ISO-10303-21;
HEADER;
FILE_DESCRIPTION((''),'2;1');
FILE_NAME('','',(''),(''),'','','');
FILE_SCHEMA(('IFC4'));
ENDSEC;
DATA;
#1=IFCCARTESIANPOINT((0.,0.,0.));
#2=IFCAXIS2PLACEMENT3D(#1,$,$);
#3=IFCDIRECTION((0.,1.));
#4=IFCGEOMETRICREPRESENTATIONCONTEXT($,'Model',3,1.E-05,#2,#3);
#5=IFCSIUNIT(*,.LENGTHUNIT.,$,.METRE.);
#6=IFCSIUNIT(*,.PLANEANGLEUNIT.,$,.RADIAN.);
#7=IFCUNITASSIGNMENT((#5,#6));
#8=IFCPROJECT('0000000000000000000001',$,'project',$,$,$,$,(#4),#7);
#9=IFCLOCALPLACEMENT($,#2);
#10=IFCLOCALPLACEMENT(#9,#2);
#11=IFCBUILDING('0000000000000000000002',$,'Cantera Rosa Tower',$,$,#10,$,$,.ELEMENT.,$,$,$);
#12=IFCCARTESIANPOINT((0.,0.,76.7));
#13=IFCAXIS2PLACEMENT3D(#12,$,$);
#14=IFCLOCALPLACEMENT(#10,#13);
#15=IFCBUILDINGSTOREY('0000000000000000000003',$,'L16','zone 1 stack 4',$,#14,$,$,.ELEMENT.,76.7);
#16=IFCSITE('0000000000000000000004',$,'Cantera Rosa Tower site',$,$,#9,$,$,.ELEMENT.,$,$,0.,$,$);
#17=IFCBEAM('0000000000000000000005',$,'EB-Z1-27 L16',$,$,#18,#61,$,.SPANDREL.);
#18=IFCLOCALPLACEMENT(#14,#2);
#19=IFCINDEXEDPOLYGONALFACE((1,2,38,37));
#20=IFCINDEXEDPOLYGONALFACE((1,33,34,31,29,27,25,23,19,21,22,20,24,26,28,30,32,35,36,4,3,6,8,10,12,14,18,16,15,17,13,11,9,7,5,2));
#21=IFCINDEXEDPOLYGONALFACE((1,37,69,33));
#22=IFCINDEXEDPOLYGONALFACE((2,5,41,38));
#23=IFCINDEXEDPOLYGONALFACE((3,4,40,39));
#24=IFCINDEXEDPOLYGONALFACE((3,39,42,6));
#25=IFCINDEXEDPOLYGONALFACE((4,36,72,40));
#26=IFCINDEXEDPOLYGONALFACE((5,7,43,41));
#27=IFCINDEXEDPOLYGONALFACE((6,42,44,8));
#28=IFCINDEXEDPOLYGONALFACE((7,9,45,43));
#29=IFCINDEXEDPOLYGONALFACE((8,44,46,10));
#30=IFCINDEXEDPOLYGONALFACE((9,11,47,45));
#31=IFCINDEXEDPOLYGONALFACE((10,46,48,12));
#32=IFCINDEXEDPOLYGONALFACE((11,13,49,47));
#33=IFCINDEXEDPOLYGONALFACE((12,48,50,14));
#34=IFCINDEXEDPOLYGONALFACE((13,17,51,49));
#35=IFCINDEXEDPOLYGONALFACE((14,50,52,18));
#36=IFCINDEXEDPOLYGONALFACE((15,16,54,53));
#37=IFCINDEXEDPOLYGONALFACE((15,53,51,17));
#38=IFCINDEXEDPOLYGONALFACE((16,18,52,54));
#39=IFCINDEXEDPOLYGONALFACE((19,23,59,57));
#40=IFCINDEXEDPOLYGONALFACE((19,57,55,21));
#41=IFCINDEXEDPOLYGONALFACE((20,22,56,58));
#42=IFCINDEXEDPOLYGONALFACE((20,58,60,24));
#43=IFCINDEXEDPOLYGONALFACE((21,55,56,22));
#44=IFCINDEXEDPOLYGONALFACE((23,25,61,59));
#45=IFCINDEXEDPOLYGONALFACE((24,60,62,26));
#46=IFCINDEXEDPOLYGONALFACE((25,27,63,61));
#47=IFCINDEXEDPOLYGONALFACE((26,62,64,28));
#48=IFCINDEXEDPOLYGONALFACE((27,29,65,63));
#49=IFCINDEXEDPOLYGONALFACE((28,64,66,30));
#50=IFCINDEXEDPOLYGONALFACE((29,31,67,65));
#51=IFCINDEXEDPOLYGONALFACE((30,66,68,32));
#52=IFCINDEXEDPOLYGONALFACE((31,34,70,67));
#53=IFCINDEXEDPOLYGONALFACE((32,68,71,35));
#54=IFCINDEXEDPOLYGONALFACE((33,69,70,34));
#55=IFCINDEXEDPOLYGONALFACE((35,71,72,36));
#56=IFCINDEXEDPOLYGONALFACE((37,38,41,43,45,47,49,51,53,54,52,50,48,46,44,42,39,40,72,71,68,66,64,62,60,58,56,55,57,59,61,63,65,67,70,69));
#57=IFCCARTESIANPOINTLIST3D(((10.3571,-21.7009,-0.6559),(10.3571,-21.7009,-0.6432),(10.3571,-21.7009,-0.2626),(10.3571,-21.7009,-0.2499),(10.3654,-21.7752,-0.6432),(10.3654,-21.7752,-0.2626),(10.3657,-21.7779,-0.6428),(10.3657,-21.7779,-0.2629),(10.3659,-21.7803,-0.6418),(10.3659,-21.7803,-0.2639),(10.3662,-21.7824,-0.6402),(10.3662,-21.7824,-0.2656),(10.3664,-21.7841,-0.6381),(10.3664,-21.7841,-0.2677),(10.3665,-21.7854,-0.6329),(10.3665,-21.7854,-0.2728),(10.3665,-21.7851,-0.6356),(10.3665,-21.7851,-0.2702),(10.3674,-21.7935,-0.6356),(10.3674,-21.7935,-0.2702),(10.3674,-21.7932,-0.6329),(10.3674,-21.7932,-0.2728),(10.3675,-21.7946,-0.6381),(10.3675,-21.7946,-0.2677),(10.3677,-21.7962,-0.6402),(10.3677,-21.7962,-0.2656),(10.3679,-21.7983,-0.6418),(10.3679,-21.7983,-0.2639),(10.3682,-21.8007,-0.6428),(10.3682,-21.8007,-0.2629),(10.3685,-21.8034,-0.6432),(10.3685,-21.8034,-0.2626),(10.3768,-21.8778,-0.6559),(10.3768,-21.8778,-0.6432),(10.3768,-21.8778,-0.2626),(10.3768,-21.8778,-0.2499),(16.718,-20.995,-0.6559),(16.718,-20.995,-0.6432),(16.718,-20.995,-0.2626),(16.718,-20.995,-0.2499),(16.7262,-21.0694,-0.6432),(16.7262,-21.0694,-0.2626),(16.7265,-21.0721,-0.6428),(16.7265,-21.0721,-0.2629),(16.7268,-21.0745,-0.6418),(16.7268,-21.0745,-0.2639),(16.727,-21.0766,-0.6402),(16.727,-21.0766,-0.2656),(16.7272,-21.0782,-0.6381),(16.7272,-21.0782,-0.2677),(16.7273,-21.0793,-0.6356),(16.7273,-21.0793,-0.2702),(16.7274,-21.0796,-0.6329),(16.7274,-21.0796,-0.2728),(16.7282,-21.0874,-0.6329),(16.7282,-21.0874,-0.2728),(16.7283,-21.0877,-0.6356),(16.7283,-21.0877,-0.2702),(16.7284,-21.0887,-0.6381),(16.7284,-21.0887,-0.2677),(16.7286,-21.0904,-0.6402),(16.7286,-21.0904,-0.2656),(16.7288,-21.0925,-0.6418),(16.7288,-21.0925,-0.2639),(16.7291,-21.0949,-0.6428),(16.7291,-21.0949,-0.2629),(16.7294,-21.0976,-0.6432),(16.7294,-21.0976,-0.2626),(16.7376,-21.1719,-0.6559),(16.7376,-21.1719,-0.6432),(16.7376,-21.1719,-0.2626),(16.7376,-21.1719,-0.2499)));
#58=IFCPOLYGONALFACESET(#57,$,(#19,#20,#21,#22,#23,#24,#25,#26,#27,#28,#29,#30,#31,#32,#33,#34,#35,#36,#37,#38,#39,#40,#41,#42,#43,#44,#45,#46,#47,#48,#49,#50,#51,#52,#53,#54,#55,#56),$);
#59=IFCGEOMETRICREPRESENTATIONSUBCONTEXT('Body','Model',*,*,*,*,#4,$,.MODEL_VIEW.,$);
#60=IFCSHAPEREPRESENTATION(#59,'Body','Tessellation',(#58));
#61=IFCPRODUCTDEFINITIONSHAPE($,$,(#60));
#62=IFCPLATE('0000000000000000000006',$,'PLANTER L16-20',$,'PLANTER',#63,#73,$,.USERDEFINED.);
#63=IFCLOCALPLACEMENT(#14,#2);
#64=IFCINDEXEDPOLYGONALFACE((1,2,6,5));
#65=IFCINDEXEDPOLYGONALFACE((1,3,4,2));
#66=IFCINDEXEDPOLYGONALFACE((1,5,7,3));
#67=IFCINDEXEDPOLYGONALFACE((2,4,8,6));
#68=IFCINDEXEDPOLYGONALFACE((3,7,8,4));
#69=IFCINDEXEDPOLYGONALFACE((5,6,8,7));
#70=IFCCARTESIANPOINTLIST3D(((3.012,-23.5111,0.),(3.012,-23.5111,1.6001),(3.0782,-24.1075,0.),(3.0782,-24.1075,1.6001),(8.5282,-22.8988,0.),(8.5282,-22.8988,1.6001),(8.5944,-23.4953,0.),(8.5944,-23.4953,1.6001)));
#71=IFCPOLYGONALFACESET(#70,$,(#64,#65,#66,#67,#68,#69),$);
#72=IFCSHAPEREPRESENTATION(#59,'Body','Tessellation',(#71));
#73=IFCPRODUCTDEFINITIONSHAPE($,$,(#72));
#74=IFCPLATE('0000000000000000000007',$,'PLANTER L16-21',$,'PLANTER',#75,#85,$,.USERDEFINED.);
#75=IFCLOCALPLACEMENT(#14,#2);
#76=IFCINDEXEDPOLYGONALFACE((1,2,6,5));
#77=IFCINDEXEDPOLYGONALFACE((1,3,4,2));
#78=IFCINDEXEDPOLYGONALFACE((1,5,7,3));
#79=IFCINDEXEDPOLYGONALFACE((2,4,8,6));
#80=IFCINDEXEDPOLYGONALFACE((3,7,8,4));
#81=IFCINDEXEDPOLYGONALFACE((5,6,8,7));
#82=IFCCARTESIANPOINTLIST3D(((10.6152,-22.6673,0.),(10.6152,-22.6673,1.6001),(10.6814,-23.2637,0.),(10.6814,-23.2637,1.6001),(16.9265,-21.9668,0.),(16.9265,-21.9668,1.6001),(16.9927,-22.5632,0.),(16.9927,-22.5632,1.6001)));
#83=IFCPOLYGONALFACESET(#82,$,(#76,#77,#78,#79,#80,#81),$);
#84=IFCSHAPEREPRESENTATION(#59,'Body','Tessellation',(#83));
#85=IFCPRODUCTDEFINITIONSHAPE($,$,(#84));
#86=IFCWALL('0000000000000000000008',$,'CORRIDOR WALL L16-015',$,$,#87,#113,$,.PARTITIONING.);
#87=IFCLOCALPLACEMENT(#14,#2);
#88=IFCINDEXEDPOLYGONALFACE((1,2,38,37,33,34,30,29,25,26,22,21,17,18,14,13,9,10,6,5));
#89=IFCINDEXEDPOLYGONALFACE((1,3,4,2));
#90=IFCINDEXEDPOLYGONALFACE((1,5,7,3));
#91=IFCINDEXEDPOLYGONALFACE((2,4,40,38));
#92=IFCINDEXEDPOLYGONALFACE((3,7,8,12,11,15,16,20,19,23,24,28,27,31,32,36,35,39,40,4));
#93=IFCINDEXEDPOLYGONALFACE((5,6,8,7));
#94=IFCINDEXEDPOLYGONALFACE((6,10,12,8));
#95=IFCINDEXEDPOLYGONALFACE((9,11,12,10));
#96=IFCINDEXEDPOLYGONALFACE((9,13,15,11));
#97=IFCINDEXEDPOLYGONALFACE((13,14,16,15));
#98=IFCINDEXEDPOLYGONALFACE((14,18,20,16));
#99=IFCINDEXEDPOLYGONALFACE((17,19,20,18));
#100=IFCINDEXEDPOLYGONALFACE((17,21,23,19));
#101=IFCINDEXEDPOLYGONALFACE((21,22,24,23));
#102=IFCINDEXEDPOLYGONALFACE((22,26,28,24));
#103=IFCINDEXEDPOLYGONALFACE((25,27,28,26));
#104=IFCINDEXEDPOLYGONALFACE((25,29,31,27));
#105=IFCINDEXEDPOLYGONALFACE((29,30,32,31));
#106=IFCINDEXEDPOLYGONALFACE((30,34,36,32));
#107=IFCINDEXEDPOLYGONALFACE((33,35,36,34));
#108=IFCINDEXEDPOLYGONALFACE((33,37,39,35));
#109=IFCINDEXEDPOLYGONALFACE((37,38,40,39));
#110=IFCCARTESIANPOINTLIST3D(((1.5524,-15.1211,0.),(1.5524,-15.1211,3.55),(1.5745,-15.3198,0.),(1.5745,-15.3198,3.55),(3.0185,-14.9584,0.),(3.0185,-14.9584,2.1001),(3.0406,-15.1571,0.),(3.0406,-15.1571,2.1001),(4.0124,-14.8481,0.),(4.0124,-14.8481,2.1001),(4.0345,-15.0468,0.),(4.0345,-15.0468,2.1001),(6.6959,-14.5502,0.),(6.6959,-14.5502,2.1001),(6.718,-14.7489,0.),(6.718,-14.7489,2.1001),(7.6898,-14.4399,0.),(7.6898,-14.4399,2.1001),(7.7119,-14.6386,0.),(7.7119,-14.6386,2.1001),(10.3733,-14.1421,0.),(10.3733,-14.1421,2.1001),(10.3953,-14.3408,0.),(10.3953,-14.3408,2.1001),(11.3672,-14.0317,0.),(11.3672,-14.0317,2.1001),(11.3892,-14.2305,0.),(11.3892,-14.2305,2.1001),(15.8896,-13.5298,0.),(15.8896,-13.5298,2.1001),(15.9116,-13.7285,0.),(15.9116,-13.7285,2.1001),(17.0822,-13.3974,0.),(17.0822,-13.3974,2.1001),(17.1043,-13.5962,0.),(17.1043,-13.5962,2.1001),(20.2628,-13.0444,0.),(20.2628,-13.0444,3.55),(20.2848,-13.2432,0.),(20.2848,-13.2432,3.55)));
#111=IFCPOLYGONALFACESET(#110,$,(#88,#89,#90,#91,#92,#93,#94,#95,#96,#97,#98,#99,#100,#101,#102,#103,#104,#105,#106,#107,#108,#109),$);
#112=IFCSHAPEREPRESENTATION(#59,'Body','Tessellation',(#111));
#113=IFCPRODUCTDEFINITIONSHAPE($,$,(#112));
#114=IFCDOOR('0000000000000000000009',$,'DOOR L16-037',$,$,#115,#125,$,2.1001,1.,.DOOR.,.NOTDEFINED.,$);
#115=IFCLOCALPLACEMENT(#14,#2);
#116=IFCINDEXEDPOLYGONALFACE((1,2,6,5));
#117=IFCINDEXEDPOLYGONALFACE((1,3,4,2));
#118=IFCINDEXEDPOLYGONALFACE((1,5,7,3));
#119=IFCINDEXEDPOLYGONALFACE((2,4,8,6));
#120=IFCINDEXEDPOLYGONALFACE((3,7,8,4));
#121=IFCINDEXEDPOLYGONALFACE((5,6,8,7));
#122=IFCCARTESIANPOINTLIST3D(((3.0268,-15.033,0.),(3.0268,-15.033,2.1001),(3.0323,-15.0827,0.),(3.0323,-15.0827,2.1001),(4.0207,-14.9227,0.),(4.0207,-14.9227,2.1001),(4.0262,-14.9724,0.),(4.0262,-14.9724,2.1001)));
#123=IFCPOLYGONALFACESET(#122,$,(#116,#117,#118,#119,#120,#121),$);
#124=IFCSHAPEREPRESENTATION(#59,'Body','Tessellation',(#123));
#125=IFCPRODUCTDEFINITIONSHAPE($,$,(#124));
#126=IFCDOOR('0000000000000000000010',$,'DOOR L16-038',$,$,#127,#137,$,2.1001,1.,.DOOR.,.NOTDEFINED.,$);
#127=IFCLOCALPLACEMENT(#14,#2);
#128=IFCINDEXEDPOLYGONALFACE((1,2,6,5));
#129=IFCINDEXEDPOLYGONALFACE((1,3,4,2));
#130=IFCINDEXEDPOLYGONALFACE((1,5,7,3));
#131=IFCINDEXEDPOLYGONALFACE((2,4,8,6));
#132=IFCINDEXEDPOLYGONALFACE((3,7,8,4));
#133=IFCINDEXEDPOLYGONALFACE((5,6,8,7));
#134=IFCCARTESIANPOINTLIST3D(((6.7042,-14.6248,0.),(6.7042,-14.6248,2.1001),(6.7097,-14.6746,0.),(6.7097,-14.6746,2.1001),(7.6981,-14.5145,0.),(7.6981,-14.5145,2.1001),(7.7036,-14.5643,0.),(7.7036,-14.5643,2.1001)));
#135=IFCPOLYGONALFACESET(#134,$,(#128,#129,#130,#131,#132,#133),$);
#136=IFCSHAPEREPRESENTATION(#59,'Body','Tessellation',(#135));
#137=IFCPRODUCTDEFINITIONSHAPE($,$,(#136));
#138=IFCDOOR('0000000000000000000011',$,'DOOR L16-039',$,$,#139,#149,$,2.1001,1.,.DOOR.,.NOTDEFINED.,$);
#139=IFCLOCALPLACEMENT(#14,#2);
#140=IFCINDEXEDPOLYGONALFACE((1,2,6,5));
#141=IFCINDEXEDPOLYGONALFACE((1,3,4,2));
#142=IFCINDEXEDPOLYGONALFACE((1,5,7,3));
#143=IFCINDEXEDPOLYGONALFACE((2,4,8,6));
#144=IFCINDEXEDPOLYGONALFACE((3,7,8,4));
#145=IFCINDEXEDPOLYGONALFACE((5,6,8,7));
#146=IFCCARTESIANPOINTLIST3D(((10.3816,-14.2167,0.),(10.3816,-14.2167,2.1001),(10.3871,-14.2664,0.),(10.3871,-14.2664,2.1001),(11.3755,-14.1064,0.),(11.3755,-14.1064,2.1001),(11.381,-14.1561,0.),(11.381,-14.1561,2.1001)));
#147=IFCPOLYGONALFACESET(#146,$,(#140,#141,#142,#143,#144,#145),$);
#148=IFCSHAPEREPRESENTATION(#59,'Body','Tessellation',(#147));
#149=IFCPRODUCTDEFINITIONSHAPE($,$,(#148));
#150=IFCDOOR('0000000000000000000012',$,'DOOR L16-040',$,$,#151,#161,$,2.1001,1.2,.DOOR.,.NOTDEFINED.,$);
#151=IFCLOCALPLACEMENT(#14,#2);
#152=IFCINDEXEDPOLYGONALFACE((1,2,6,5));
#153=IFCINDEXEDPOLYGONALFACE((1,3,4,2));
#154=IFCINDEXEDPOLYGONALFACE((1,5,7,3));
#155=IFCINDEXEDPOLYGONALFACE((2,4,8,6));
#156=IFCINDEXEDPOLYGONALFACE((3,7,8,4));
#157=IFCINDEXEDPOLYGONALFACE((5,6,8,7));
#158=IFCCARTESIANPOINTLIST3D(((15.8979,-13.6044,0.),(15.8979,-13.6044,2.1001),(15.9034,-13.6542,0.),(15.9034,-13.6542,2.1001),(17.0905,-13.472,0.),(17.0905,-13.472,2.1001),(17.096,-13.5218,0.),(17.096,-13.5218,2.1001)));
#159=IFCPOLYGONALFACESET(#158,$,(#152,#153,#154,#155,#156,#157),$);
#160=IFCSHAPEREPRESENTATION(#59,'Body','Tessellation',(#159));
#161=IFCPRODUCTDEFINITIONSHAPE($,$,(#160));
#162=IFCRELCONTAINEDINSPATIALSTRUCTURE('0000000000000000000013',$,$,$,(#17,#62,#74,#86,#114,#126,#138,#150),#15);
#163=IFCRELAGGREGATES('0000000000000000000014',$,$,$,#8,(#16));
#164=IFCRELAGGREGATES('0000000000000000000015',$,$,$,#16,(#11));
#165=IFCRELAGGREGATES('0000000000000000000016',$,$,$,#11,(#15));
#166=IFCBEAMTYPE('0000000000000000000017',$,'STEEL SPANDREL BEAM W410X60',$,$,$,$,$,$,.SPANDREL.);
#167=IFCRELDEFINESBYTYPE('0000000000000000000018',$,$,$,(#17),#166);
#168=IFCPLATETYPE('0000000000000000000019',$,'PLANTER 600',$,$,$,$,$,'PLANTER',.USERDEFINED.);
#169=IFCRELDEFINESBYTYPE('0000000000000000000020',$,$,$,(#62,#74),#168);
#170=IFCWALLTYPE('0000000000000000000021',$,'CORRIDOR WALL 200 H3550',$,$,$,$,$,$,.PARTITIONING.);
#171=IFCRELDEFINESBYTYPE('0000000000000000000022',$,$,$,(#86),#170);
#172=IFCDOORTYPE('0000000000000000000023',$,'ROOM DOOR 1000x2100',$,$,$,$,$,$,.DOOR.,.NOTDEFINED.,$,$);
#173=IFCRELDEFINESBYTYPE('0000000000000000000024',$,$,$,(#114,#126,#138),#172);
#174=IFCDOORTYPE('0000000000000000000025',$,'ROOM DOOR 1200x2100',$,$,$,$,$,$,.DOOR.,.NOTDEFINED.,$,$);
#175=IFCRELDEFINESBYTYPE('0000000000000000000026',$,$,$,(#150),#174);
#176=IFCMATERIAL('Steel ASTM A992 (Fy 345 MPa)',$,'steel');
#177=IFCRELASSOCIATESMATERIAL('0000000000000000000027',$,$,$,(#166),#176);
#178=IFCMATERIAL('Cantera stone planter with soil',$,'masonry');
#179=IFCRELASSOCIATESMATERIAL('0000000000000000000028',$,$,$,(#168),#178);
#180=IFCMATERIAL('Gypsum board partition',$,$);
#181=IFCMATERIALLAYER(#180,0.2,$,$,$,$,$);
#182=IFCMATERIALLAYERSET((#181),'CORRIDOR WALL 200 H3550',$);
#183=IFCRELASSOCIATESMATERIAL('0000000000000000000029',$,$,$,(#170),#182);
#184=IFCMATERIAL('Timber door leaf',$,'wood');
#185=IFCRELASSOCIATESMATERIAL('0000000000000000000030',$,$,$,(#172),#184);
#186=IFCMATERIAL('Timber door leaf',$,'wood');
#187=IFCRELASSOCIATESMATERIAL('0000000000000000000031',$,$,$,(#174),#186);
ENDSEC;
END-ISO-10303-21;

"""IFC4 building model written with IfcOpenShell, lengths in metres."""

from ifc_helpers import new_model, si_unit, direction, frame, frame_2d, origin, origin_2d, place, context, subcontext, project, spatial, rectangle, i_section, extrude, material, layer, layer_set, material_profile, profile_set, type_object, element, fill, save


model = new_model("IFC4")

# Units and contexts
model_context = context("Model", 3, precision=1e-05, world=origin(), true_north=direction((0.0, 1.0)))
body_context = subcontext(model_context, "Body", "Model", "MODEL_VIEW")
ifc_project = project(units=[si_unit("LENGTHUNIT", "METRE"), si_unit("PLANEANGLEUNIT", "RADIAN")], contexts=[model_context])

# Site, building, storey
site_placement = place(None, origin())
site = spatial("IfcSite", under=ifc_project, at=site_placement, Name="Cantera Rosa Tower site", CompositionType="ELEMENT", RefElevation=0.0)
building_placement = place(site_placement, origin())
building = spatial("IfcBuilding", under=site, at=building_placement, Name="Cantera Rosa Tower", CompositionType="ELEMENT")
storey_placement = place(building_placement, frame((0.0, 0.0, 76.7)))
storey = spatial("IfcBuildingStorey", under=building, at=storey_placement, Name="L16", Description="zone 1 stack 4", CompositionType="ELEMENT", Elevation=76.7)

# Beam
ifc_material_1 = material(Name="Steel ASTM A992 (Fy 345 MPa)", Category="steel")
ifc_material_profile_1 = material_profile(ifc_material_1, i_section(OverallWidth=0.178, OverallDepth=0.406, WebThickness=0.0078, FlangeThickness=0.0127, FilletRadius=0.0103, at=origin_2d()), Name="W410X60")
ifc_profile_set_1 = profile_set([ifc_material_profile_1], Name="Steel ASTM A992 (Fy 345 MPa)")
beam_type_1 = type_object("IfcBeamType", Name="STEEL SPANDREL BEAM W410X60", PredefinedType="SPANDREL", material=ifc_profile_set_1)
beam_1_placement = place(storey_placement, frame((10.3669, -21.7893, -0.4529), z_axis=(0.9939, 0.110285, 0.0), x_axis=(-0.110285, 0.9939, 0.0)))
element("IfcBeam", 1, at=beam_1_placement, inside=storey, type_object=beam_type_1, Name="EB-Z1-27 L16", PredefinedType="SPANDREL", context=body_context, shape_type="SweptSolid", body=[
    extrude(i_section(OverallWidth=0.178, OverallDepth=0.406, WebThickness=0.0078, FlangeThickness=0.0127, FilletRadius=0.0103, at=origin_2d()), origin(), (0.0, 0.0, 1.0), 6.3999),
])

# Plates
ifc_material_2 = material(Name="Cantera stone planter with soil", Category="masonry")
plate_type = type_object("IfcPlateType", Name="PLANTER 600", ElementType="PLANTER", PredefinedType="USERDEFINED", material=ifc_material_2)
plate_1_placement = place(storey_placement, frame((5.8032, -23.5032, 0.0), z_axis=(0.0, 0.0, 1.0), x_axis=(0.993897, 0.110313, 0.0)))
element("IfcPlate", 2, at=plate_1_placement, inside=storey, type_object=plate_type, Name="PLANTER L16-20", ObjectType="PLANTER", PredefinedType="USERDEFINED", context=body_context, shape_type="SweptSolid", body=[
    extrude(rectangle(XDim=5.55, YDim=0.6001, at=origin_2d()), origin(), (0.0, 0.0, 1.0), 1.6001),
])
plate_2_placement = place(storey_placement, frame((13.804, -22.6152, 0.0), z_axis=(0.0, 0.0, 1.0), x_axis=(0.993897, 0.110313, 0.0)))
element("IfcPlate", 3, at=plate_2_placement, inside=storey, type_object=plate_type, Name="PLANTER L16-21", ObjectType="PLANTER", PredefinedType="USERDEFINED", context=body_context, shape_type="SweptSolid", body=[
    extrude(rectangle(XDim=6.3501, YDim=0.6001, at=origin_2d()), origin(), (0.0, 0.0, 1.0), 1.6001),
])

# Wall, openings, doors
ifc_material_3 = material(Name="Gypsum board partition")
ifc_layer_1 = layer(ifc_material_3, 0.2)
ifc_layer_set_1 = layer_set([ifc_layer_1], Name="CORRIDOR WALL 200 H3550")
wall_type_1 = type_object("IfcWallType", Name="CORRIDOR WALL 200 H3550", PredefinedType="PARTITIONING", material=ifc_layer_set_1)
wall_1_placement = place(storey_placement, frame((1.5635, -15.2205, 0.0), z_axis=(0.0, 0.0, 1.0), x_axis=(0.993897, 0.110313, 0.0)))
wall_1 = element("IfcWall", 4, at=wall_1_placement, inside=storey, type_object=wall_type_1, Name="CORRIDOR WALL L16-015", PredefinedType="PARTITIONING", context=body_context, shape_type="SweptSolid", body=[
    extrude(rectangle(XDim=18.8252, YDim=0.2, at=frame_2d((9.4126, 0.0))), origin(), (0.0, 0.0, 1.0), 3.55),
])
opening_1_placement = place(wall_1_placement, frame((1.4751, 0.0, 0.0)))
opening_1 = element("IfcOpeningElement", 5, at=opening_1_placement, cuts=wall_1, PredefinedType="OPENING", context=body_context, shape_type="SweptSolid", body=[
    extrude(rectangle(XDim=1.0, YDim=2.1001, at=frame_2d((0.5, 1.05))), frame((0.0, 0.1099, 0.0), z_axis=(0.0, -1.0, 0.0), x_axis=(1.0, 0.0, 0.0)), (0.0, 0.0, 1.0), 0.22),
])
opening_2_placement = place(wall_1_placement, frame((5.175, 0.0, 0.0)))
opening_2 = element("IfcOpeningElement", 6, at=opening_2_placement, cuts=wall_1, PredefinedType="OPENING", context=body_context, shape_type="SweptSolid", body=[
    extrude(rectangle(XDim=1.0, YDim=2.1001, at=frame_2d((0.5, 1.05))), frame((0.0, 0.1099, 0.0), z_axis=(0.0, -1.0, 0.0), x_axis=(1.0, 0.0, 0.0)), (0.0, 0.0, 1.0), 0.22),
])
opening_3_placement = place(wall_1_placement, frame((8.875, 0.0, 0.0)))
opening_3 = element("IfcOpeningElement", 7, at=opening_3_placement, cuts=wall_1, PredefinedType="OPENING", context=body_context, shape_type="SweptSolid", body=[
    extrude(rectangle(XDim=1.0, YDim=2.1001, at=frame_2d((0.5, 1.05))), frame((0.0, 0.1099, 0.0), z_axis=(0.0, -1.0, 0.0), x_axis=(1.0, 0.0, 0.0)), (0.0, 0.0, 1.0), 0.22),
])
opening_4_placement = place(wall_1_placement, frame((14.425, 0.0, 0.0)))
opening_4 = element("IfcOpeningElement", 8, at=opening_4_placement, cuts=wall_1, PredefinedType="OPENING", context=body_context, shape_type="SweptSolid", body=[
    extrude(rectangle(XDim=1.2, YDim=2.1001, at=frame_2d((0.6001, 1.05))), frame((0.0, 0.1099, 0.0), z_axis=(0.0, -1.0, 0.0), x_axis=(1.0, 0.0, 0.0)), (0.0, 0.0, 1.0), 0.22),
])
ifc_material_4 = material(Name="Timber door leaf", Category="wood")
door_type_1 = type_object("IfcDoorType", Name="ROOM DOOR 1000x2100", OperationType="NOTDEFINED", PredefinedType="DOOR", material=ifc_material_4)
door_1_placement = place(opening_1_placement, origin())
door_1 = element("IfcDoor", 9, at=door_1_placement, inside=storey, type_object=door_type_1, Name="DOOR L16-037", OperationType="NOTDEFINED", OverallHeight=2.1001, OverallWidth=1.0, PredefinedType="DOOR", context=body_context, shape_type="SweptSolid", body=[
    extrude(rectangle(XDim=1.0, YDim=2.1001, at=frame_2d((0.5, 1.05))), frame((0.0, 0.0249, 0.0), z_axis=(0.0, -1.0, 0.0), x_axis=(1.0, 0.0, 0.0)), (0.0, 0.0, 1.0), 0.05),
])
fill(opening_1, door_1)
door_2_placement = place(opening_2_placement, origin())
door_2 = element("IfcDoor", 10, at=door_2_placement, inside=storey, type_object=door_type_1, Name="DOOR L16-038", OperationType="NOTDEFINED", OverallHeight=2.1001, OverallWidth=1.0, PredefinedType="DOOR", context=body_context, shape_type="SweptSolid", body=[
    extrude(rectangle(XDim=1.0, YDim=2.1001, at=frame_2d((0.5, 1.05))), frame((0.0, 0.0249, 0.0), z_axis=(0.0, -1.0, 0.0), x_axis=(1.0, 0.0, 0.0)), (0.0, 0.0, 1.0), 0.05),
])
fill(opening_2, door_2)
door_3_placement = place(opening_3_placement, origin())
door_3 = element("IfcDoor", 11, at=door_3_placement, inside=storey, type_object=door_type_1, Name="DOOR L16-039", OperationType="NOTDEFINED", OverallHeight=2.1001, OverallWidth=1.0, PredefinedType="DOOR", context=body_context, shape_type="SweptSolid", body=[
    extrude(rectangle(XDim=1.0, YDim=2.1001, at=frame_2d((0.5, 1.05))), frame((0.0, 0.0249, 0.0), z_axis=(0.0, -1.0, 0.0), x_axis=(1.0, 0.0, 0.0)), (0.0, 0.0, 1.0), 0.05),
])
fill(opening_3, door_3)
ifc_material_5 = material(Name="Timber door leaf", Category="wood")
door_type_2 = type_object("IfcDoorType", Name="ROOM DOOR 1200x2100", OperationType="NOTDEFINED", PredefinedType="DOOR", material=ifc_material_5)
door_4_placement = place(opening_4_placement, origin())
door_4 = element("IfcDoor", 12, at=door_4_placement, inside=storey, type_object=door_type_2, Name="DOOR L16-040", OperationType="NOTDEFINED", OverallHeight=2.1001, OverallWidth=1.2, PredefinedType="DOOR", context=body_context, shape_type="SweptSolid", body=[
    extrude(rectangle(XDim=1.2, YDim=2.1001, at=frame_2d((0.6001, 1.05))), frame((0.0, 0.0249, 0.0), z_axis=(0.0, -1.0, 0.0), x_axis=(1.0, 0.0, 0.0)), (0.0, 0.0, 1.0), 0.05),
])
fill(opening_4, door_4)

save(model, "model.ifc")
